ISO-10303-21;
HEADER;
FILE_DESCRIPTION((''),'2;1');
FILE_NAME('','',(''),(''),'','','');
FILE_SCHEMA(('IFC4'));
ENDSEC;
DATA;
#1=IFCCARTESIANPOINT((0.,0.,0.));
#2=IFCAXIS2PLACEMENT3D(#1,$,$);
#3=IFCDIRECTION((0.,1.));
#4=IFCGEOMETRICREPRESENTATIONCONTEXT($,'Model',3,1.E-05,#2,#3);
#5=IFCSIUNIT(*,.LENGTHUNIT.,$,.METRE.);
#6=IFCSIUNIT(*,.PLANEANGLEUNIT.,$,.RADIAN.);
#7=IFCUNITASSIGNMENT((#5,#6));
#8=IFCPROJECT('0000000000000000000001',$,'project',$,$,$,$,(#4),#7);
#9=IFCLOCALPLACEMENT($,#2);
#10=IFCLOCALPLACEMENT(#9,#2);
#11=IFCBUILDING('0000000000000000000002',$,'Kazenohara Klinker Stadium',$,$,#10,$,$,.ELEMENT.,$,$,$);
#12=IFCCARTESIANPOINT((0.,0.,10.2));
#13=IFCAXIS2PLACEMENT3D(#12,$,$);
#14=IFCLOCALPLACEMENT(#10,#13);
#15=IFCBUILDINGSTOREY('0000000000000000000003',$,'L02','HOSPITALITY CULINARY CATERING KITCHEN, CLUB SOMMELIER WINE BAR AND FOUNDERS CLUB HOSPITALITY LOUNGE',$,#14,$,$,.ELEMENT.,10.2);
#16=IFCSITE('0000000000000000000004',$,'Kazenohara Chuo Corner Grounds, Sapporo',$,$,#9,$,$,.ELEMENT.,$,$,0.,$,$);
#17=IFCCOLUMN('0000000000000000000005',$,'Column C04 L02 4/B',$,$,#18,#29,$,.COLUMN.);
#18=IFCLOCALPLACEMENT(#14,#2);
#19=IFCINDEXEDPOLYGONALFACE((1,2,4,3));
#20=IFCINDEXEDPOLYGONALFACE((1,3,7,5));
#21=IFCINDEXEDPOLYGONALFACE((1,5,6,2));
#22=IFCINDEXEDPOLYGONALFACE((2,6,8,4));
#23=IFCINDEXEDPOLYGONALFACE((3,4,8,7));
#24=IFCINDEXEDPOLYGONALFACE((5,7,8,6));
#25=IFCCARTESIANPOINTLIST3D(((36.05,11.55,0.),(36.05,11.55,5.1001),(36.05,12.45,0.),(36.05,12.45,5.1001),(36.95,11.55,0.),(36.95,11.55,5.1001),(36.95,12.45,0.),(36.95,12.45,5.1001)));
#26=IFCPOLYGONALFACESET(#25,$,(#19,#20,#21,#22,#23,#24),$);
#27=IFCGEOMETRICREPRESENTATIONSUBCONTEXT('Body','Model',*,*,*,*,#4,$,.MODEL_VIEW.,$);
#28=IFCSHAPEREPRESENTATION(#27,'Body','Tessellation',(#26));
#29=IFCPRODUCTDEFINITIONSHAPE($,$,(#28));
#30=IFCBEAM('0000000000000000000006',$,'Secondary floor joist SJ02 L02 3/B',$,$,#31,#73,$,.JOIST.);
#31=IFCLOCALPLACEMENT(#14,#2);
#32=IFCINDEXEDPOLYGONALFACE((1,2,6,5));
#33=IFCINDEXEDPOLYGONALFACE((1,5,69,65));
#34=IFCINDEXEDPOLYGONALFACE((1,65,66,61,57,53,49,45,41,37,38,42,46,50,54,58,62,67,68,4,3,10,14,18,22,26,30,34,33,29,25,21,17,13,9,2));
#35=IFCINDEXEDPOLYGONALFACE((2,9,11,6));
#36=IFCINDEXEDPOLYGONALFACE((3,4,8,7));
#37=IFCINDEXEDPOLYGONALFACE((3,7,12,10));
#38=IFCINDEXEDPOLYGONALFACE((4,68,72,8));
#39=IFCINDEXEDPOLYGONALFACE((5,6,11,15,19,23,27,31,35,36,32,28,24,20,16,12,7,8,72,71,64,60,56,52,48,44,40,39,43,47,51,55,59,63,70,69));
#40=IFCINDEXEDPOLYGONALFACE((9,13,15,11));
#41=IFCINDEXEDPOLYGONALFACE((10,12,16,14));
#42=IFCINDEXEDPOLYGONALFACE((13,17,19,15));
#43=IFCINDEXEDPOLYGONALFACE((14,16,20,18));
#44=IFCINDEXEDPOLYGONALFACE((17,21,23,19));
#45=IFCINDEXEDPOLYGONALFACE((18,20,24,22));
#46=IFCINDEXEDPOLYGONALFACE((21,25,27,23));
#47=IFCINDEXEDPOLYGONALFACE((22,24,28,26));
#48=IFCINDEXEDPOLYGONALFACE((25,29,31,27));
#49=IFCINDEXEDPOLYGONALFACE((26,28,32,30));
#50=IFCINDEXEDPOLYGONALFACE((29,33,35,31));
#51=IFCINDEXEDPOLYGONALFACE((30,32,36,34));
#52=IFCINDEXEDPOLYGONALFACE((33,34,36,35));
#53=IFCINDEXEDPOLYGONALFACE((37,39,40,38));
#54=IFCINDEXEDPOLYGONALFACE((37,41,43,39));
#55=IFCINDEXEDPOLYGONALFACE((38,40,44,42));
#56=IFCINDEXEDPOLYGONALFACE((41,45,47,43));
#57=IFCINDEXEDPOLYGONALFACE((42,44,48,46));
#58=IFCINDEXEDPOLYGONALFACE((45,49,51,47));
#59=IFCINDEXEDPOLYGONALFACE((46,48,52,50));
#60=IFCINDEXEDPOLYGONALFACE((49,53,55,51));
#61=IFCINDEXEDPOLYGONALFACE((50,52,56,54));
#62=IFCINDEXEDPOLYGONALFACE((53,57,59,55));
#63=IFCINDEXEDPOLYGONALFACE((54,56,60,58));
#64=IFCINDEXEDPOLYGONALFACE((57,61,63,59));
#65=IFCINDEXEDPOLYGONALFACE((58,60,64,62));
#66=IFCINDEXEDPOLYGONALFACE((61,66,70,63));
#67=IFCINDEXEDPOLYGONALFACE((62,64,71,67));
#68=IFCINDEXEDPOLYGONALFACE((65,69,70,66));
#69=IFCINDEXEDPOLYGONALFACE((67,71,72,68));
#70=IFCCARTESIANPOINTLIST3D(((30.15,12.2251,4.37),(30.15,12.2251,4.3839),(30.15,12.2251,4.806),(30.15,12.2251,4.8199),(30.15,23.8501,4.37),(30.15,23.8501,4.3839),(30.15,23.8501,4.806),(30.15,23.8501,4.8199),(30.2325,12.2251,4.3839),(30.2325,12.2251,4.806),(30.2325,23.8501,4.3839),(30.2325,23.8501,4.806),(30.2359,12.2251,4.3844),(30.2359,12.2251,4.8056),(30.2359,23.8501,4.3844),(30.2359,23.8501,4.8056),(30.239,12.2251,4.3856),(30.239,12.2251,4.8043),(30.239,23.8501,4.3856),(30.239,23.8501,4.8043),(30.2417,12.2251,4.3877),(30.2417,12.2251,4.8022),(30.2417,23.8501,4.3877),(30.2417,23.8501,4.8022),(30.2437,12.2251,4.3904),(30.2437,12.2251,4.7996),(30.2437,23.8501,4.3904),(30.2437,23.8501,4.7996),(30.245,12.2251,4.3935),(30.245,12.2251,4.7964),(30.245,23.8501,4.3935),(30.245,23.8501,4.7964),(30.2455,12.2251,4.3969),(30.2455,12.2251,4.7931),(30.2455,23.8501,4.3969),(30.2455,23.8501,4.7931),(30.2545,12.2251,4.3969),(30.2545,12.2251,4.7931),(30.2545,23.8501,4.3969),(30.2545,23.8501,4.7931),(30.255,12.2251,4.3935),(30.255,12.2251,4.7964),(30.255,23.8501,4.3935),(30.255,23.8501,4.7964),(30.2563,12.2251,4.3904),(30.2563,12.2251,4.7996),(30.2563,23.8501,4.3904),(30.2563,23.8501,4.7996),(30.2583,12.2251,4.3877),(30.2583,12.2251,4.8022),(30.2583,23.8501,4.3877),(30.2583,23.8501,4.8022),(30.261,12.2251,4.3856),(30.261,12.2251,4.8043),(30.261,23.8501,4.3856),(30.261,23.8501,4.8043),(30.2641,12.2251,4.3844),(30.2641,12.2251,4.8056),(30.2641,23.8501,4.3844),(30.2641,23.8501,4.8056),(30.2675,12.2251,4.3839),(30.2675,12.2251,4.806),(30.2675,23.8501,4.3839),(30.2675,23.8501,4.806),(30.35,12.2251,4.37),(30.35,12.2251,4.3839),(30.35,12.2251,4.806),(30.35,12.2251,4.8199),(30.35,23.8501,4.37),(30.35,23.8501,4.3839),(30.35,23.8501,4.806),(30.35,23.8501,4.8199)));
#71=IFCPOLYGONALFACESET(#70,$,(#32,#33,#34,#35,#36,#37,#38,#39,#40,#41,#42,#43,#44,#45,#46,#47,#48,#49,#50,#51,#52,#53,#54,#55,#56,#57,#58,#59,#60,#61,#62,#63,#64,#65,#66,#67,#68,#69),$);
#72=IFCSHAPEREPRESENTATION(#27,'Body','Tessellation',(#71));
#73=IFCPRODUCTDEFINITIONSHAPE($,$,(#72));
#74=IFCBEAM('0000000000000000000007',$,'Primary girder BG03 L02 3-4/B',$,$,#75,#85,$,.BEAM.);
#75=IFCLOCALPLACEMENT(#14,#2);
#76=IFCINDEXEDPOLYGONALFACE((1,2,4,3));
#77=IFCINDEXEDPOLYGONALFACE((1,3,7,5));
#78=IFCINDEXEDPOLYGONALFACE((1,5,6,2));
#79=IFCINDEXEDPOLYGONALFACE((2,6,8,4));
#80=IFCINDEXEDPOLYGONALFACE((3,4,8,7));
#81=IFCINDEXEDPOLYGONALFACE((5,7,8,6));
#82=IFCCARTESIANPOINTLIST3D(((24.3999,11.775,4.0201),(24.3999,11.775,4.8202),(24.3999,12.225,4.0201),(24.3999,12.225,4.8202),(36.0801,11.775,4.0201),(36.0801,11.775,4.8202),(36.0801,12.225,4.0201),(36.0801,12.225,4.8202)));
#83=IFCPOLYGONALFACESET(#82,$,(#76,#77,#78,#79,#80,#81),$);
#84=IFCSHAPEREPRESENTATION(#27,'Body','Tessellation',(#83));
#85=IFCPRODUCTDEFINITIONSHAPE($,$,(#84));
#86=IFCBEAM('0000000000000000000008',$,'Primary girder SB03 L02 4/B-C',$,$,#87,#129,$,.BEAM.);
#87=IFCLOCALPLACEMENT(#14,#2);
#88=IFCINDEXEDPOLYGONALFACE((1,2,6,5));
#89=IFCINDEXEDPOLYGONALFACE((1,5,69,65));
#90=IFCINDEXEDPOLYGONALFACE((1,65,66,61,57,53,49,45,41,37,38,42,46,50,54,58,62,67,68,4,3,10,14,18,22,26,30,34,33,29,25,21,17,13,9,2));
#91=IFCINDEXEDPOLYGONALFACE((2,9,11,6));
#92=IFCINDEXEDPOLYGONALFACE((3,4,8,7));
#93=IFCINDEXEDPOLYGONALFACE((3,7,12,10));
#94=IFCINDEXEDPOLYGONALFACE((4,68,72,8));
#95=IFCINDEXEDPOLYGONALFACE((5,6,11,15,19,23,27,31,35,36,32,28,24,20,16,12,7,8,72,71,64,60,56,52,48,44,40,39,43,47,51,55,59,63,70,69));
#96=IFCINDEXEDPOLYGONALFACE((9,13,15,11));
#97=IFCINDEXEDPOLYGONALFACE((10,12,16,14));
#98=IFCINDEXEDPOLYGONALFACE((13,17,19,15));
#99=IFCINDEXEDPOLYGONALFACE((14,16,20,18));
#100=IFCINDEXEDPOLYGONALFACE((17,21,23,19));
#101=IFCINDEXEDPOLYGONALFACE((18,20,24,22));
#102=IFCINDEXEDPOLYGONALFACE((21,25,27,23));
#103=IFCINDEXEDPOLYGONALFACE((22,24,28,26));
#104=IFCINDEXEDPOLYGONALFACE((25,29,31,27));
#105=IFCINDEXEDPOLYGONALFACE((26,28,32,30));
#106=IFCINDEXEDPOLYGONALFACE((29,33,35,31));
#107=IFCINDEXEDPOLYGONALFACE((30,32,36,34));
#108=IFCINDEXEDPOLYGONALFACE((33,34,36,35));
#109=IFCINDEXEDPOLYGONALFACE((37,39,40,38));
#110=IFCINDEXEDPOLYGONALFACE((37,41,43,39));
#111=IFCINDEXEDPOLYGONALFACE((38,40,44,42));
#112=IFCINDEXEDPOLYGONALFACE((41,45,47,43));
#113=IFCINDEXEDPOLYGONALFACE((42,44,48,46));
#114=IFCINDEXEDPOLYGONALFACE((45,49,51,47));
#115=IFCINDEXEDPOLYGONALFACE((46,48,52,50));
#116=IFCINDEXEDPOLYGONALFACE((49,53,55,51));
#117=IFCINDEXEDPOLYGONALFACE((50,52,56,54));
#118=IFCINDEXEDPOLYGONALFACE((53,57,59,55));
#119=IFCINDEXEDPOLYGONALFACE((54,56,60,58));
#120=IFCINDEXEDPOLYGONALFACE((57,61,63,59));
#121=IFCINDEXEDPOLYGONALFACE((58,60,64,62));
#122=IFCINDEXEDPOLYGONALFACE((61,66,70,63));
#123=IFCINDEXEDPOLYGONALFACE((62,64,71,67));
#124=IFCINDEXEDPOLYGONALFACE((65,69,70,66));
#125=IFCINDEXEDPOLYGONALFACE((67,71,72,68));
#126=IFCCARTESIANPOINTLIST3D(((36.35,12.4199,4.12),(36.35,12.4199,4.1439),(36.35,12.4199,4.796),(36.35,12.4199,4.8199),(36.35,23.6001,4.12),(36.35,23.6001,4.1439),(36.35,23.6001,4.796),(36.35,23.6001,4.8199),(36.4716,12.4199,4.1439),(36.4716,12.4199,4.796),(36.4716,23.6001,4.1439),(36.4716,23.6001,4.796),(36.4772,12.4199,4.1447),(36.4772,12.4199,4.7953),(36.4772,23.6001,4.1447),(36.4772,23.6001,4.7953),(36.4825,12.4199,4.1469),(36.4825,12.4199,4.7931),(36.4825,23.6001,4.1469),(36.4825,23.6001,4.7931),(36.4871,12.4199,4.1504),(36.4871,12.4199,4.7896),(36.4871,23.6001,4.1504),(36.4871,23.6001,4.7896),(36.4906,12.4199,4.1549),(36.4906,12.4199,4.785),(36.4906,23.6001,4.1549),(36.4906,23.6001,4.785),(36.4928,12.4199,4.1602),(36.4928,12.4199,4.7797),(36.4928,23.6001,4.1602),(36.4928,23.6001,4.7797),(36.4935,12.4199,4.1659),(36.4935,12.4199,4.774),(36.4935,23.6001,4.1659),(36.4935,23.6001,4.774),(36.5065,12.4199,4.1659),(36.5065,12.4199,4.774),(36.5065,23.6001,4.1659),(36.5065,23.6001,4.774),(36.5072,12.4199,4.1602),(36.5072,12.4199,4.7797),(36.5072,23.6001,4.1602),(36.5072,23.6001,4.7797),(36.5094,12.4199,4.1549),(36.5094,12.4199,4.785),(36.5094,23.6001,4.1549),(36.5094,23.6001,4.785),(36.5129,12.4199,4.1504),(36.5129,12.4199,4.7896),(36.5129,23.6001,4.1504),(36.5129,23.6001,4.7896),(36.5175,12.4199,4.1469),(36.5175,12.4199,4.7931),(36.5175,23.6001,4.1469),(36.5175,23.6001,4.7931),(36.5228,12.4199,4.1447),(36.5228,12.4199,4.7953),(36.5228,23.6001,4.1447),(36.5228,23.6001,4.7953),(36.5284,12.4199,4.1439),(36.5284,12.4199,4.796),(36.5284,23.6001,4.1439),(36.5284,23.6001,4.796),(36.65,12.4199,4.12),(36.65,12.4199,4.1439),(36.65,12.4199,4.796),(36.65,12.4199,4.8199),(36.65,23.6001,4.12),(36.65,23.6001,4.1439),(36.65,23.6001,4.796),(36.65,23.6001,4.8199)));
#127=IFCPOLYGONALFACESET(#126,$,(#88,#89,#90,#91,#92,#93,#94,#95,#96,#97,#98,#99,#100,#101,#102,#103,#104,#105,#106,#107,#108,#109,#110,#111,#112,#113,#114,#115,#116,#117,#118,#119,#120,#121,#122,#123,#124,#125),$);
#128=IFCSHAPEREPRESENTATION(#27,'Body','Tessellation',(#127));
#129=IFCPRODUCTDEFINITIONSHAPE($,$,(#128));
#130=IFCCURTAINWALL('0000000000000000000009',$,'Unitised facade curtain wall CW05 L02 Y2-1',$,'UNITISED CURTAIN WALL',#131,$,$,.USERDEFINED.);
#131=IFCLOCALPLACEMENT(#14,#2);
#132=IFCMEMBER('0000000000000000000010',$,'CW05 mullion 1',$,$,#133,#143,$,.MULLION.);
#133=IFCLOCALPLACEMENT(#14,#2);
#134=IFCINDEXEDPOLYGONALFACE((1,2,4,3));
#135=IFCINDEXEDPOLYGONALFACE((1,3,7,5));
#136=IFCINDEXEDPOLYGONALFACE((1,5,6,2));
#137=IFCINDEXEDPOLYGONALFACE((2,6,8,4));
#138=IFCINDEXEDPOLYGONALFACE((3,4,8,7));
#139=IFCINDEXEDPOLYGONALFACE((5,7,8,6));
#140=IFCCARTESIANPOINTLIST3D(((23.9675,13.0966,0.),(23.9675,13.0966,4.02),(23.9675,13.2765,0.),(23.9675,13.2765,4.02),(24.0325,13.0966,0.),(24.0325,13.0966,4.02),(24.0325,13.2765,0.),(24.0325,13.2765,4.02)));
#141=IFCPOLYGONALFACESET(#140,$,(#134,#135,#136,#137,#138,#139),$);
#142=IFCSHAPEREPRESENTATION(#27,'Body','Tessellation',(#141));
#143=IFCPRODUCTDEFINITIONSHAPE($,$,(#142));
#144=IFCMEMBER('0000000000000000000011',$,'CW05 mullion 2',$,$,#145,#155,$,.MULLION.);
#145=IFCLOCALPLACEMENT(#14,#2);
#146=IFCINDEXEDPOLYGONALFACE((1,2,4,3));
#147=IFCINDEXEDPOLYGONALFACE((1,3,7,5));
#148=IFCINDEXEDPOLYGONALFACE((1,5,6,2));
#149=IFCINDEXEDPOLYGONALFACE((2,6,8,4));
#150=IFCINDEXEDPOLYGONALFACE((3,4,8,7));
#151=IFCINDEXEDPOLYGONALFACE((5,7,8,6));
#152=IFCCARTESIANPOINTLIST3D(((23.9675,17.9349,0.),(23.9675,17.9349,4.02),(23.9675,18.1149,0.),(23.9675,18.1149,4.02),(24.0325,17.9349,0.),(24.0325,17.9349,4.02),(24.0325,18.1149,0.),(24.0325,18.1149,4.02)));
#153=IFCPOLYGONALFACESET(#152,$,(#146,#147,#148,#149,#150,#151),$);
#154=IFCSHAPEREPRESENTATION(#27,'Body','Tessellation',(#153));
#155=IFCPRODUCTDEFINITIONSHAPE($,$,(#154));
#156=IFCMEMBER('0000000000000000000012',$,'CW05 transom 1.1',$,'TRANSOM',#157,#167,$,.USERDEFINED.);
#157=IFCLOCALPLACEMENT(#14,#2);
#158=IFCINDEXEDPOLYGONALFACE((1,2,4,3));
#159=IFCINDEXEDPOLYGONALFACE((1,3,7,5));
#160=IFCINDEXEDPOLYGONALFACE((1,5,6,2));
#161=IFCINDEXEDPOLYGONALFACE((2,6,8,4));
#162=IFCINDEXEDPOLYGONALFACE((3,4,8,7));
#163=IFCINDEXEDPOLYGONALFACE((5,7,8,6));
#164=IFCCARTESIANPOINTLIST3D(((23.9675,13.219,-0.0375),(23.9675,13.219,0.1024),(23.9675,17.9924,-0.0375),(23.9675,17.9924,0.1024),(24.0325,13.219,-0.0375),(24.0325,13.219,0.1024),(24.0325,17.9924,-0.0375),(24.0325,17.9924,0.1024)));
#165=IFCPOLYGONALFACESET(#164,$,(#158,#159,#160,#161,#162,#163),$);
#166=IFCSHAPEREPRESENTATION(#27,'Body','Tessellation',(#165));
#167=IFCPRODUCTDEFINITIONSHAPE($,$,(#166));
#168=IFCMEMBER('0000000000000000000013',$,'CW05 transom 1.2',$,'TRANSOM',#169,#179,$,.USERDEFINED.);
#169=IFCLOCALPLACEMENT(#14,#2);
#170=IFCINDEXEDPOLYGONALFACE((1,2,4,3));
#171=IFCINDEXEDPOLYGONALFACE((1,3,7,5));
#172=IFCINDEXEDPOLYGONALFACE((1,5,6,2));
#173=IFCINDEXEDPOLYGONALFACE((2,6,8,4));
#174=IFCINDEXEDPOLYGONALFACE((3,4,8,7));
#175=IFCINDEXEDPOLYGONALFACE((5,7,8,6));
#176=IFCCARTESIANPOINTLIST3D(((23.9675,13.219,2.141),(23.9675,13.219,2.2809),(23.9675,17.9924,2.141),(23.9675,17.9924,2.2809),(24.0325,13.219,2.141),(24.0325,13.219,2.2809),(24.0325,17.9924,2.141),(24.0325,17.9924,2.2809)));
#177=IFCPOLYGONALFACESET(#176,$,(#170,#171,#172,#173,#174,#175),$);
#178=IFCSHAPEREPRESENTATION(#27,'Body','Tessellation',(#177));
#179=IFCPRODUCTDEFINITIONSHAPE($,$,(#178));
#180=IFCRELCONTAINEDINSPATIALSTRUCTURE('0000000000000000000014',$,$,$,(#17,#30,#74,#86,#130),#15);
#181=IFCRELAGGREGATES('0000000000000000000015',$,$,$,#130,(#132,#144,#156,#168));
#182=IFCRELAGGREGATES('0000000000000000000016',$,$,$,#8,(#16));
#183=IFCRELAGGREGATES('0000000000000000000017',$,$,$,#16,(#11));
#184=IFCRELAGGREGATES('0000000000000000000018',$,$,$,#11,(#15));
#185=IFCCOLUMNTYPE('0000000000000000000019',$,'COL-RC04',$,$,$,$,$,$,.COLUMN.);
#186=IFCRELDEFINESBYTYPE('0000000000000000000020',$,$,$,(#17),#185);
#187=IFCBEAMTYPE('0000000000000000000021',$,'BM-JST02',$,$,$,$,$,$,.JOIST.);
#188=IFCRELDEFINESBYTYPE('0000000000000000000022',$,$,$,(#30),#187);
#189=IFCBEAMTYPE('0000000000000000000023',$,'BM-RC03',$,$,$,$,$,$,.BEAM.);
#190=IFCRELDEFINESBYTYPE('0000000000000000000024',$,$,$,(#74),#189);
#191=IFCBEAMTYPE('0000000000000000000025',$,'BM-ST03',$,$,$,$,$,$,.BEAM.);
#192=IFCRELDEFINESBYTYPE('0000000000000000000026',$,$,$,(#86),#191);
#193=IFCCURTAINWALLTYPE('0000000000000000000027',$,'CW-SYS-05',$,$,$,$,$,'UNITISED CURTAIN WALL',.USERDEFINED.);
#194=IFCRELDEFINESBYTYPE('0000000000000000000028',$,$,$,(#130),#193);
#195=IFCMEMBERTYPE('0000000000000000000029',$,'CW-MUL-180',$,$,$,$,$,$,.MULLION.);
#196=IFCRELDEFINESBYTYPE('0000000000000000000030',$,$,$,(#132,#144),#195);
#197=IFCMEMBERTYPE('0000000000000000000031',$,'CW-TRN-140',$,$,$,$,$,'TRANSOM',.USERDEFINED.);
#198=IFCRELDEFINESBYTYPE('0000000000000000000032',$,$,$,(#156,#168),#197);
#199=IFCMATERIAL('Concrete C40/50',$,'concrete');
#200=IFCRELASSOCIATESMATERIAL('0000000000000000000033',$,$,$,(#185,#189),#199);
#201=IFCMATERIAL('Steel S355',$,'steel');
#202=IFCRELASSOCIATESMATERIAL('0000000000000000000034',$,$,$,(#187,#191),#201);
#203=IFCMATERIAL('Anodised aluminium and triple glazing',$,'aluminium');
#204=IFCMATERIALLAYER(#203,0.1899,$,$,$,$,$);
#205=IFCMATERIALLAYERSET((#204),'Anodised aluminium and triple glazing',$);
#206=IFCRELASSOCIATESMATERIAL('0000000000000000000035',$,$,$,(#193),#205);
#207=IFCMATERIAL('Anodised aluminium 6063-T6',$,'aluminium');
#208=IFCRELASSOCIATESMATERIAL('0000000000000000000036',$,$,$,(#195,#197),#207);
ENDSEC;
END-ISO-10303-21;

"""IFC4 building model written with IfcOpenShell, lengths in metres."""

from ifc_helpers import new_model, si_unit, direction, frame, origin, origin_2d, place, context, subcontext, project, spatial, rectangle, i_section, extrude, material, layer, layer_set, material_profile, profile_set, type_object, element, aggregate, save


model = new_model("IFC4")

# Units and contexts
model_context = context("Model", 3, precision=1e-05, world=origin(), true_north=direction((0.0, 1.0)))
body_context = subcontext(model_context, "Body", "Model", "MODEL_VIEW")
ifc_project = project(units=[si_unit("LENGTHUNIT", "METRE"), si_unit("PLANEANGLEUNIT", "RADIAN")], contexts=[model_context])

# Site, building, storey
site_placement = place(None, origin())
site = spatial("IfcSite", under=ifc_project, at=site_placement, Name="Kazenohara Chuo Corner Grounds, Sapporo", CompositionType="ELEMENT", RefElevation=0.0)
building_placement = place(site_placement, origin())
building = spatial("IfcBuilding", under=site, at=building_placement, Name="Kazenohara Klinker Stadium", CompositionType="ELEMENT")
storey_placement = place(building_placement, frame((0.0, 0.0, 10.2)))
storey = spatial("IfcBuildingStorey", under=building, at=storey_placement, Name="L02", Description="HOSPITALITY CULINARY CATERING KITCHEN, CLUB SOMMELIER WINE BAR AND FOUNDERS CLUB HOSPITALITY LOUNGE", CompositionType="ELEMENT", Elevation=10.2)

# Column
ifc_material_1 = material(Name="Concrete C40/50", Category="concrete")
ifc_material_profile_1 = material_profile(ifc_material_1, rectangle(XDim=0.8999, YDim=0.8999, at=origin_2d()), Name="RC-COL-900x900")
ifc_profile_set_1 = profile_set([ifc_material_profile_1], Name="Concrete C40/50")
column_type = type_object("IfcColumnType", Name="COL-RC04", PredefinedType="COLUMN", material=ifc_profile_set_1)
column_placement = place(storey_placement, frame((36.5, 12.0, 0.0), z_axis=(0.0, 0.0, 1.0), x_axis=(1.0, 0.0, 0.0)))
element("IfcColumn", 1, at=column_placement, inside=storey, type_object=column_type, Name="Column C04 L02 4/B", PredefinedType="COLUMN", context=body_context, shape_type="SweptSolid", body=[
    extrude(rectangle(XDim=0.8999, YDim=0.8999, at=origin_2d()), origin(), (0.0, 0.0, 1.0), 5.1001),
])

# Beams
ifc_material_2 = material(Name="Steel S355", Category="steel")
ifc_material_profile_2 = material_profile(ifc_material_2, i_section(OverallWidth=0.2, OverallDepth=0.45, WebThickness=0.009, FlangeThickness=0.0139, FilletRadius=0.0129, at=origin_2d()), Name="H-450x200x9x14")
ifc_profile_set_2 = profile_set([ifc_material_profile_2], Name="Steel S355")
beam_type_1 = type_object("IfcBeamType", Name="BM-JST02", PredefinedType="JOIST", material=ifc_profile_set_2)
beam_1_placement = place(storey_placement, frame((30.25, 12.2251, 4.595), z_axis=(0.0, 1.0, 0.0), x_axis=(-1.0, 0.0, 0.0)))
element("IfcBeam", 2, at=beam_1_placement, inside=storey, type_object=beam_type_1, Name="Secondary floor joist SJ02 L02 3/B", PredefinedType="JOIST", context=body_context, shape_type="SweptSolid", body=[
    extrude(i_section(OverallWidth=0.2, OverallDepth=0.45, WebThickness=0.009, FlangeThickness=0.0139, FilletRadius=0.0129, at=origin_2d()), origin(), (0.0, 0.0, 1.0), 11.625),
])
ifc_material_profile_3 = material_profile(ifc_material_1, rectangle(XDim=0.45, YDim=0.8, at=origin_2d()), Name="RC-BM-450x800")
ifc_profile_set_3 = profile_set([ifc_material_profile_3], Name="Concrete C40/50")
beam_type_2 = type_object("IfcBeamType", Name="BM-RC03", PredefinedType="BEAM", material=ifc_profile_set_3)
beam_2_placement = place(storey_placement, frame((24.3999, 12.0, 4.4202), z_axis=(1.0, 0.0, 0.0), x_axis=(0.0, 1.0, 0.0)))
element("IfcBeam", 3, at=beam_2_placement, inside=storey, type_object=beam_type_2, Name="Primary girder BG03 L02 3-4/B", PredefinedType="BEAM", context=body_context, shape_type="SweptSolid", body=[
    extrude(rectangle(XDim=0.45, YDim=0.8, at=origin_2d()), origin(), (0.0, 0.0, 1.0), 11.6802),
])
ifc_material_profile_4 = material_profile(ifc_material_2, i_section(OverallWidth=0.3, OverallDepth=0.7, WebThickness=0.0129, FlangeThickness=0.0239, FilletRadius=0.022, at=origin_2d()), Name="H-700x300x13x24")
ifc_profile_set_4 = profile_set([ifc_material_profile_4], Name="Steel S355")
beam_type_3 = type_object("IfcBeamType", Name="BM-ST03", PredefinedType="BEAM", material=ifc_profile_set_4)
beam_3_placement = place(storey_placement, frame((36.5, 12.4199, 4.47), z_axis=(0.0, 1.0, 0.0), x_axis=(-1.0, 0.0, 0.0)))
element("IfcBeam", 4, at=beam_3_placement, inside=storey, type_object=beam_type_3, Name="Primary girder SB03 L02 4/B-C", PredefinedType="BEAM", context=body_context, shape_type="SweptSolid", body=[
    extrude(i_section(OverallWidth=0.3, OverallDepth=0.7, WebThickness=0.0129, FlangeThickness=0.0239, FilletRadius=0.022, at=origin_2d()), origin(), (0.0, 0.0, 1.0), 11.1802),
])

# Curtain wall, members
ifc_material_3 = material(Name="Anodised aluminium and triple glazing", Category="aluminium")
ifc_layer_1 = layer(ifc_material_3, 0.1899)
ifc_layer_set_1 = layer_set([ifc_layer_1], Name="Anodised aluminium and triple glazing")
curtain_wall_type = type_object("IfcCurtainWallType", Name="CW-SYS-05", ElementType="UNITISED CURTAIN WALL", PredefinedType="USERDEFINED", material=ifc_layer_set_1)
curtain_wall_placement = place(storey_placement, origin())
curtain_wall = element("IfcCurtainWall", 5, at=curtain_wall_placement, inside=storey, type_object=curtain_wall_type, Name="Unitised facade curtain wall CW05 L02 Y2-1", ObjectType="UNITISED CURTAIN WALL", PredefinedType="USERDEFINED")
ifc_material_4 = material(Name="Anodised aluminium 6063-T6", Category="aluminium")
ifc_material_profile_5 = material_profile(ifc_material_4, rectangle(XDim=0.0649, YDim=0.1799, at=origin_2d()), Name="ALU-MUL-65x180")
ifc_profile_set_5 = profile_set([ifc_material_profile_5], Name="Anodised aluminium 6063-T6")
member_type_1 = type_object("IfcMemberType", Name="CW-MUL-180", PredefinedType="MULLION", material=ifc_profile_set_5)
member_1_placement = place(storey_placement, frame((24.0, 13.1865, 0.0), z_axis=(0.0, 0.0, 1.0), x_axis=(-1.0, 0.0, 0.0)))
member_1 = element("IfcMember", 6, at=member_1_placement, type_object=member_type_1, Name="CW05 mullion 1", PredefinedType="MULLION", context=body_context, shape_type="SweptSolid", body=[
    extrude(rectangle(XDim=0.0649, YDim=0.1799, at=origin_2d()), origin(), (0.0, 0.0, 1.0), 4.02),
])
member_2_placement = place(storey_placement, frame((24.0, 18.0249, 0.0), z_axis=(0.0, 0.0, 1.0), x_axis=(-1.0, 0.0, 0.0)))
member_2 = element("IfcMember", 7, at=member_2_placement, type_object=member_type_1, Name="CW05 mullion 2", PredefinedType="MULLION", context=body_context, shape_type="SweptSolid", body=[
    extrude(rectangle(XDim=0.0649, YDim=0.1799, at=origin_2d()), origin(), (0.0, 0.0, 1.0), 4.02),
])
ifc_material_profile_6 = material_profile(ifc_material_4, rectangle(XDim=0.0649, YDim=0.1399, at=origin_2d()), Name="ALU-TRN-65x140")
ifc_profile_set_6 = profile_set([ifc_material_profile_6], Name="Anodised aluminium 6063-T6")
member_type_2 = type_object("IfcMemberType", Name="CW-TRN-140", ElementType="TRANSOM", PredefinedType="USERDEFINED", material=ifc_profile_set_6)
member_3_placement = place(storey_placement, frame((24.0, 13.219, 0.0325), z_axis=(0.0, 1.0, 0.0), x_axis=(-1.0, 0.0, 0.0)))
member_3 = element("IfcMember", 8, at=member_3_placement, type_object=member_type_2, Name="CW05 transom 1.1", ObjectType="TRANSOM", PredefinedType="USERDEFINED", context=body_context, shape_type="SweptSolid", body=[
    extrude(rectangle(XDim=0.0649, YDim=0.1399, at=origin_2d()), origin(), (0.0, 0.0, 1.0), 4.7734),
])
member_4_placement = place(storey_placement, frame((24.0, 13.219, 2.2109), z_axis=(0.0, 1.0, 0.0), x_axis=(-1.0, 0.0, 0.0)))
member_4 = element("IfcMember", 9, at=member_4_placement, type_object=member_type_2, Name="CW05 transom 1.2", ObjectType="TRANSOM", PredefinedType="USERDEFINED", context=body_context, shape_type="SweptSolid", body=[
    extrude(rectangle(XDim=0.0649, YDim=0.1399, at=origin_2d()), origin(), (0.0, 0.0, 1.0), 4.7734),
])
aggregate(curtain_wall, [member_1, member_2, member_3, member_4])

save(model, "model.ifc")
